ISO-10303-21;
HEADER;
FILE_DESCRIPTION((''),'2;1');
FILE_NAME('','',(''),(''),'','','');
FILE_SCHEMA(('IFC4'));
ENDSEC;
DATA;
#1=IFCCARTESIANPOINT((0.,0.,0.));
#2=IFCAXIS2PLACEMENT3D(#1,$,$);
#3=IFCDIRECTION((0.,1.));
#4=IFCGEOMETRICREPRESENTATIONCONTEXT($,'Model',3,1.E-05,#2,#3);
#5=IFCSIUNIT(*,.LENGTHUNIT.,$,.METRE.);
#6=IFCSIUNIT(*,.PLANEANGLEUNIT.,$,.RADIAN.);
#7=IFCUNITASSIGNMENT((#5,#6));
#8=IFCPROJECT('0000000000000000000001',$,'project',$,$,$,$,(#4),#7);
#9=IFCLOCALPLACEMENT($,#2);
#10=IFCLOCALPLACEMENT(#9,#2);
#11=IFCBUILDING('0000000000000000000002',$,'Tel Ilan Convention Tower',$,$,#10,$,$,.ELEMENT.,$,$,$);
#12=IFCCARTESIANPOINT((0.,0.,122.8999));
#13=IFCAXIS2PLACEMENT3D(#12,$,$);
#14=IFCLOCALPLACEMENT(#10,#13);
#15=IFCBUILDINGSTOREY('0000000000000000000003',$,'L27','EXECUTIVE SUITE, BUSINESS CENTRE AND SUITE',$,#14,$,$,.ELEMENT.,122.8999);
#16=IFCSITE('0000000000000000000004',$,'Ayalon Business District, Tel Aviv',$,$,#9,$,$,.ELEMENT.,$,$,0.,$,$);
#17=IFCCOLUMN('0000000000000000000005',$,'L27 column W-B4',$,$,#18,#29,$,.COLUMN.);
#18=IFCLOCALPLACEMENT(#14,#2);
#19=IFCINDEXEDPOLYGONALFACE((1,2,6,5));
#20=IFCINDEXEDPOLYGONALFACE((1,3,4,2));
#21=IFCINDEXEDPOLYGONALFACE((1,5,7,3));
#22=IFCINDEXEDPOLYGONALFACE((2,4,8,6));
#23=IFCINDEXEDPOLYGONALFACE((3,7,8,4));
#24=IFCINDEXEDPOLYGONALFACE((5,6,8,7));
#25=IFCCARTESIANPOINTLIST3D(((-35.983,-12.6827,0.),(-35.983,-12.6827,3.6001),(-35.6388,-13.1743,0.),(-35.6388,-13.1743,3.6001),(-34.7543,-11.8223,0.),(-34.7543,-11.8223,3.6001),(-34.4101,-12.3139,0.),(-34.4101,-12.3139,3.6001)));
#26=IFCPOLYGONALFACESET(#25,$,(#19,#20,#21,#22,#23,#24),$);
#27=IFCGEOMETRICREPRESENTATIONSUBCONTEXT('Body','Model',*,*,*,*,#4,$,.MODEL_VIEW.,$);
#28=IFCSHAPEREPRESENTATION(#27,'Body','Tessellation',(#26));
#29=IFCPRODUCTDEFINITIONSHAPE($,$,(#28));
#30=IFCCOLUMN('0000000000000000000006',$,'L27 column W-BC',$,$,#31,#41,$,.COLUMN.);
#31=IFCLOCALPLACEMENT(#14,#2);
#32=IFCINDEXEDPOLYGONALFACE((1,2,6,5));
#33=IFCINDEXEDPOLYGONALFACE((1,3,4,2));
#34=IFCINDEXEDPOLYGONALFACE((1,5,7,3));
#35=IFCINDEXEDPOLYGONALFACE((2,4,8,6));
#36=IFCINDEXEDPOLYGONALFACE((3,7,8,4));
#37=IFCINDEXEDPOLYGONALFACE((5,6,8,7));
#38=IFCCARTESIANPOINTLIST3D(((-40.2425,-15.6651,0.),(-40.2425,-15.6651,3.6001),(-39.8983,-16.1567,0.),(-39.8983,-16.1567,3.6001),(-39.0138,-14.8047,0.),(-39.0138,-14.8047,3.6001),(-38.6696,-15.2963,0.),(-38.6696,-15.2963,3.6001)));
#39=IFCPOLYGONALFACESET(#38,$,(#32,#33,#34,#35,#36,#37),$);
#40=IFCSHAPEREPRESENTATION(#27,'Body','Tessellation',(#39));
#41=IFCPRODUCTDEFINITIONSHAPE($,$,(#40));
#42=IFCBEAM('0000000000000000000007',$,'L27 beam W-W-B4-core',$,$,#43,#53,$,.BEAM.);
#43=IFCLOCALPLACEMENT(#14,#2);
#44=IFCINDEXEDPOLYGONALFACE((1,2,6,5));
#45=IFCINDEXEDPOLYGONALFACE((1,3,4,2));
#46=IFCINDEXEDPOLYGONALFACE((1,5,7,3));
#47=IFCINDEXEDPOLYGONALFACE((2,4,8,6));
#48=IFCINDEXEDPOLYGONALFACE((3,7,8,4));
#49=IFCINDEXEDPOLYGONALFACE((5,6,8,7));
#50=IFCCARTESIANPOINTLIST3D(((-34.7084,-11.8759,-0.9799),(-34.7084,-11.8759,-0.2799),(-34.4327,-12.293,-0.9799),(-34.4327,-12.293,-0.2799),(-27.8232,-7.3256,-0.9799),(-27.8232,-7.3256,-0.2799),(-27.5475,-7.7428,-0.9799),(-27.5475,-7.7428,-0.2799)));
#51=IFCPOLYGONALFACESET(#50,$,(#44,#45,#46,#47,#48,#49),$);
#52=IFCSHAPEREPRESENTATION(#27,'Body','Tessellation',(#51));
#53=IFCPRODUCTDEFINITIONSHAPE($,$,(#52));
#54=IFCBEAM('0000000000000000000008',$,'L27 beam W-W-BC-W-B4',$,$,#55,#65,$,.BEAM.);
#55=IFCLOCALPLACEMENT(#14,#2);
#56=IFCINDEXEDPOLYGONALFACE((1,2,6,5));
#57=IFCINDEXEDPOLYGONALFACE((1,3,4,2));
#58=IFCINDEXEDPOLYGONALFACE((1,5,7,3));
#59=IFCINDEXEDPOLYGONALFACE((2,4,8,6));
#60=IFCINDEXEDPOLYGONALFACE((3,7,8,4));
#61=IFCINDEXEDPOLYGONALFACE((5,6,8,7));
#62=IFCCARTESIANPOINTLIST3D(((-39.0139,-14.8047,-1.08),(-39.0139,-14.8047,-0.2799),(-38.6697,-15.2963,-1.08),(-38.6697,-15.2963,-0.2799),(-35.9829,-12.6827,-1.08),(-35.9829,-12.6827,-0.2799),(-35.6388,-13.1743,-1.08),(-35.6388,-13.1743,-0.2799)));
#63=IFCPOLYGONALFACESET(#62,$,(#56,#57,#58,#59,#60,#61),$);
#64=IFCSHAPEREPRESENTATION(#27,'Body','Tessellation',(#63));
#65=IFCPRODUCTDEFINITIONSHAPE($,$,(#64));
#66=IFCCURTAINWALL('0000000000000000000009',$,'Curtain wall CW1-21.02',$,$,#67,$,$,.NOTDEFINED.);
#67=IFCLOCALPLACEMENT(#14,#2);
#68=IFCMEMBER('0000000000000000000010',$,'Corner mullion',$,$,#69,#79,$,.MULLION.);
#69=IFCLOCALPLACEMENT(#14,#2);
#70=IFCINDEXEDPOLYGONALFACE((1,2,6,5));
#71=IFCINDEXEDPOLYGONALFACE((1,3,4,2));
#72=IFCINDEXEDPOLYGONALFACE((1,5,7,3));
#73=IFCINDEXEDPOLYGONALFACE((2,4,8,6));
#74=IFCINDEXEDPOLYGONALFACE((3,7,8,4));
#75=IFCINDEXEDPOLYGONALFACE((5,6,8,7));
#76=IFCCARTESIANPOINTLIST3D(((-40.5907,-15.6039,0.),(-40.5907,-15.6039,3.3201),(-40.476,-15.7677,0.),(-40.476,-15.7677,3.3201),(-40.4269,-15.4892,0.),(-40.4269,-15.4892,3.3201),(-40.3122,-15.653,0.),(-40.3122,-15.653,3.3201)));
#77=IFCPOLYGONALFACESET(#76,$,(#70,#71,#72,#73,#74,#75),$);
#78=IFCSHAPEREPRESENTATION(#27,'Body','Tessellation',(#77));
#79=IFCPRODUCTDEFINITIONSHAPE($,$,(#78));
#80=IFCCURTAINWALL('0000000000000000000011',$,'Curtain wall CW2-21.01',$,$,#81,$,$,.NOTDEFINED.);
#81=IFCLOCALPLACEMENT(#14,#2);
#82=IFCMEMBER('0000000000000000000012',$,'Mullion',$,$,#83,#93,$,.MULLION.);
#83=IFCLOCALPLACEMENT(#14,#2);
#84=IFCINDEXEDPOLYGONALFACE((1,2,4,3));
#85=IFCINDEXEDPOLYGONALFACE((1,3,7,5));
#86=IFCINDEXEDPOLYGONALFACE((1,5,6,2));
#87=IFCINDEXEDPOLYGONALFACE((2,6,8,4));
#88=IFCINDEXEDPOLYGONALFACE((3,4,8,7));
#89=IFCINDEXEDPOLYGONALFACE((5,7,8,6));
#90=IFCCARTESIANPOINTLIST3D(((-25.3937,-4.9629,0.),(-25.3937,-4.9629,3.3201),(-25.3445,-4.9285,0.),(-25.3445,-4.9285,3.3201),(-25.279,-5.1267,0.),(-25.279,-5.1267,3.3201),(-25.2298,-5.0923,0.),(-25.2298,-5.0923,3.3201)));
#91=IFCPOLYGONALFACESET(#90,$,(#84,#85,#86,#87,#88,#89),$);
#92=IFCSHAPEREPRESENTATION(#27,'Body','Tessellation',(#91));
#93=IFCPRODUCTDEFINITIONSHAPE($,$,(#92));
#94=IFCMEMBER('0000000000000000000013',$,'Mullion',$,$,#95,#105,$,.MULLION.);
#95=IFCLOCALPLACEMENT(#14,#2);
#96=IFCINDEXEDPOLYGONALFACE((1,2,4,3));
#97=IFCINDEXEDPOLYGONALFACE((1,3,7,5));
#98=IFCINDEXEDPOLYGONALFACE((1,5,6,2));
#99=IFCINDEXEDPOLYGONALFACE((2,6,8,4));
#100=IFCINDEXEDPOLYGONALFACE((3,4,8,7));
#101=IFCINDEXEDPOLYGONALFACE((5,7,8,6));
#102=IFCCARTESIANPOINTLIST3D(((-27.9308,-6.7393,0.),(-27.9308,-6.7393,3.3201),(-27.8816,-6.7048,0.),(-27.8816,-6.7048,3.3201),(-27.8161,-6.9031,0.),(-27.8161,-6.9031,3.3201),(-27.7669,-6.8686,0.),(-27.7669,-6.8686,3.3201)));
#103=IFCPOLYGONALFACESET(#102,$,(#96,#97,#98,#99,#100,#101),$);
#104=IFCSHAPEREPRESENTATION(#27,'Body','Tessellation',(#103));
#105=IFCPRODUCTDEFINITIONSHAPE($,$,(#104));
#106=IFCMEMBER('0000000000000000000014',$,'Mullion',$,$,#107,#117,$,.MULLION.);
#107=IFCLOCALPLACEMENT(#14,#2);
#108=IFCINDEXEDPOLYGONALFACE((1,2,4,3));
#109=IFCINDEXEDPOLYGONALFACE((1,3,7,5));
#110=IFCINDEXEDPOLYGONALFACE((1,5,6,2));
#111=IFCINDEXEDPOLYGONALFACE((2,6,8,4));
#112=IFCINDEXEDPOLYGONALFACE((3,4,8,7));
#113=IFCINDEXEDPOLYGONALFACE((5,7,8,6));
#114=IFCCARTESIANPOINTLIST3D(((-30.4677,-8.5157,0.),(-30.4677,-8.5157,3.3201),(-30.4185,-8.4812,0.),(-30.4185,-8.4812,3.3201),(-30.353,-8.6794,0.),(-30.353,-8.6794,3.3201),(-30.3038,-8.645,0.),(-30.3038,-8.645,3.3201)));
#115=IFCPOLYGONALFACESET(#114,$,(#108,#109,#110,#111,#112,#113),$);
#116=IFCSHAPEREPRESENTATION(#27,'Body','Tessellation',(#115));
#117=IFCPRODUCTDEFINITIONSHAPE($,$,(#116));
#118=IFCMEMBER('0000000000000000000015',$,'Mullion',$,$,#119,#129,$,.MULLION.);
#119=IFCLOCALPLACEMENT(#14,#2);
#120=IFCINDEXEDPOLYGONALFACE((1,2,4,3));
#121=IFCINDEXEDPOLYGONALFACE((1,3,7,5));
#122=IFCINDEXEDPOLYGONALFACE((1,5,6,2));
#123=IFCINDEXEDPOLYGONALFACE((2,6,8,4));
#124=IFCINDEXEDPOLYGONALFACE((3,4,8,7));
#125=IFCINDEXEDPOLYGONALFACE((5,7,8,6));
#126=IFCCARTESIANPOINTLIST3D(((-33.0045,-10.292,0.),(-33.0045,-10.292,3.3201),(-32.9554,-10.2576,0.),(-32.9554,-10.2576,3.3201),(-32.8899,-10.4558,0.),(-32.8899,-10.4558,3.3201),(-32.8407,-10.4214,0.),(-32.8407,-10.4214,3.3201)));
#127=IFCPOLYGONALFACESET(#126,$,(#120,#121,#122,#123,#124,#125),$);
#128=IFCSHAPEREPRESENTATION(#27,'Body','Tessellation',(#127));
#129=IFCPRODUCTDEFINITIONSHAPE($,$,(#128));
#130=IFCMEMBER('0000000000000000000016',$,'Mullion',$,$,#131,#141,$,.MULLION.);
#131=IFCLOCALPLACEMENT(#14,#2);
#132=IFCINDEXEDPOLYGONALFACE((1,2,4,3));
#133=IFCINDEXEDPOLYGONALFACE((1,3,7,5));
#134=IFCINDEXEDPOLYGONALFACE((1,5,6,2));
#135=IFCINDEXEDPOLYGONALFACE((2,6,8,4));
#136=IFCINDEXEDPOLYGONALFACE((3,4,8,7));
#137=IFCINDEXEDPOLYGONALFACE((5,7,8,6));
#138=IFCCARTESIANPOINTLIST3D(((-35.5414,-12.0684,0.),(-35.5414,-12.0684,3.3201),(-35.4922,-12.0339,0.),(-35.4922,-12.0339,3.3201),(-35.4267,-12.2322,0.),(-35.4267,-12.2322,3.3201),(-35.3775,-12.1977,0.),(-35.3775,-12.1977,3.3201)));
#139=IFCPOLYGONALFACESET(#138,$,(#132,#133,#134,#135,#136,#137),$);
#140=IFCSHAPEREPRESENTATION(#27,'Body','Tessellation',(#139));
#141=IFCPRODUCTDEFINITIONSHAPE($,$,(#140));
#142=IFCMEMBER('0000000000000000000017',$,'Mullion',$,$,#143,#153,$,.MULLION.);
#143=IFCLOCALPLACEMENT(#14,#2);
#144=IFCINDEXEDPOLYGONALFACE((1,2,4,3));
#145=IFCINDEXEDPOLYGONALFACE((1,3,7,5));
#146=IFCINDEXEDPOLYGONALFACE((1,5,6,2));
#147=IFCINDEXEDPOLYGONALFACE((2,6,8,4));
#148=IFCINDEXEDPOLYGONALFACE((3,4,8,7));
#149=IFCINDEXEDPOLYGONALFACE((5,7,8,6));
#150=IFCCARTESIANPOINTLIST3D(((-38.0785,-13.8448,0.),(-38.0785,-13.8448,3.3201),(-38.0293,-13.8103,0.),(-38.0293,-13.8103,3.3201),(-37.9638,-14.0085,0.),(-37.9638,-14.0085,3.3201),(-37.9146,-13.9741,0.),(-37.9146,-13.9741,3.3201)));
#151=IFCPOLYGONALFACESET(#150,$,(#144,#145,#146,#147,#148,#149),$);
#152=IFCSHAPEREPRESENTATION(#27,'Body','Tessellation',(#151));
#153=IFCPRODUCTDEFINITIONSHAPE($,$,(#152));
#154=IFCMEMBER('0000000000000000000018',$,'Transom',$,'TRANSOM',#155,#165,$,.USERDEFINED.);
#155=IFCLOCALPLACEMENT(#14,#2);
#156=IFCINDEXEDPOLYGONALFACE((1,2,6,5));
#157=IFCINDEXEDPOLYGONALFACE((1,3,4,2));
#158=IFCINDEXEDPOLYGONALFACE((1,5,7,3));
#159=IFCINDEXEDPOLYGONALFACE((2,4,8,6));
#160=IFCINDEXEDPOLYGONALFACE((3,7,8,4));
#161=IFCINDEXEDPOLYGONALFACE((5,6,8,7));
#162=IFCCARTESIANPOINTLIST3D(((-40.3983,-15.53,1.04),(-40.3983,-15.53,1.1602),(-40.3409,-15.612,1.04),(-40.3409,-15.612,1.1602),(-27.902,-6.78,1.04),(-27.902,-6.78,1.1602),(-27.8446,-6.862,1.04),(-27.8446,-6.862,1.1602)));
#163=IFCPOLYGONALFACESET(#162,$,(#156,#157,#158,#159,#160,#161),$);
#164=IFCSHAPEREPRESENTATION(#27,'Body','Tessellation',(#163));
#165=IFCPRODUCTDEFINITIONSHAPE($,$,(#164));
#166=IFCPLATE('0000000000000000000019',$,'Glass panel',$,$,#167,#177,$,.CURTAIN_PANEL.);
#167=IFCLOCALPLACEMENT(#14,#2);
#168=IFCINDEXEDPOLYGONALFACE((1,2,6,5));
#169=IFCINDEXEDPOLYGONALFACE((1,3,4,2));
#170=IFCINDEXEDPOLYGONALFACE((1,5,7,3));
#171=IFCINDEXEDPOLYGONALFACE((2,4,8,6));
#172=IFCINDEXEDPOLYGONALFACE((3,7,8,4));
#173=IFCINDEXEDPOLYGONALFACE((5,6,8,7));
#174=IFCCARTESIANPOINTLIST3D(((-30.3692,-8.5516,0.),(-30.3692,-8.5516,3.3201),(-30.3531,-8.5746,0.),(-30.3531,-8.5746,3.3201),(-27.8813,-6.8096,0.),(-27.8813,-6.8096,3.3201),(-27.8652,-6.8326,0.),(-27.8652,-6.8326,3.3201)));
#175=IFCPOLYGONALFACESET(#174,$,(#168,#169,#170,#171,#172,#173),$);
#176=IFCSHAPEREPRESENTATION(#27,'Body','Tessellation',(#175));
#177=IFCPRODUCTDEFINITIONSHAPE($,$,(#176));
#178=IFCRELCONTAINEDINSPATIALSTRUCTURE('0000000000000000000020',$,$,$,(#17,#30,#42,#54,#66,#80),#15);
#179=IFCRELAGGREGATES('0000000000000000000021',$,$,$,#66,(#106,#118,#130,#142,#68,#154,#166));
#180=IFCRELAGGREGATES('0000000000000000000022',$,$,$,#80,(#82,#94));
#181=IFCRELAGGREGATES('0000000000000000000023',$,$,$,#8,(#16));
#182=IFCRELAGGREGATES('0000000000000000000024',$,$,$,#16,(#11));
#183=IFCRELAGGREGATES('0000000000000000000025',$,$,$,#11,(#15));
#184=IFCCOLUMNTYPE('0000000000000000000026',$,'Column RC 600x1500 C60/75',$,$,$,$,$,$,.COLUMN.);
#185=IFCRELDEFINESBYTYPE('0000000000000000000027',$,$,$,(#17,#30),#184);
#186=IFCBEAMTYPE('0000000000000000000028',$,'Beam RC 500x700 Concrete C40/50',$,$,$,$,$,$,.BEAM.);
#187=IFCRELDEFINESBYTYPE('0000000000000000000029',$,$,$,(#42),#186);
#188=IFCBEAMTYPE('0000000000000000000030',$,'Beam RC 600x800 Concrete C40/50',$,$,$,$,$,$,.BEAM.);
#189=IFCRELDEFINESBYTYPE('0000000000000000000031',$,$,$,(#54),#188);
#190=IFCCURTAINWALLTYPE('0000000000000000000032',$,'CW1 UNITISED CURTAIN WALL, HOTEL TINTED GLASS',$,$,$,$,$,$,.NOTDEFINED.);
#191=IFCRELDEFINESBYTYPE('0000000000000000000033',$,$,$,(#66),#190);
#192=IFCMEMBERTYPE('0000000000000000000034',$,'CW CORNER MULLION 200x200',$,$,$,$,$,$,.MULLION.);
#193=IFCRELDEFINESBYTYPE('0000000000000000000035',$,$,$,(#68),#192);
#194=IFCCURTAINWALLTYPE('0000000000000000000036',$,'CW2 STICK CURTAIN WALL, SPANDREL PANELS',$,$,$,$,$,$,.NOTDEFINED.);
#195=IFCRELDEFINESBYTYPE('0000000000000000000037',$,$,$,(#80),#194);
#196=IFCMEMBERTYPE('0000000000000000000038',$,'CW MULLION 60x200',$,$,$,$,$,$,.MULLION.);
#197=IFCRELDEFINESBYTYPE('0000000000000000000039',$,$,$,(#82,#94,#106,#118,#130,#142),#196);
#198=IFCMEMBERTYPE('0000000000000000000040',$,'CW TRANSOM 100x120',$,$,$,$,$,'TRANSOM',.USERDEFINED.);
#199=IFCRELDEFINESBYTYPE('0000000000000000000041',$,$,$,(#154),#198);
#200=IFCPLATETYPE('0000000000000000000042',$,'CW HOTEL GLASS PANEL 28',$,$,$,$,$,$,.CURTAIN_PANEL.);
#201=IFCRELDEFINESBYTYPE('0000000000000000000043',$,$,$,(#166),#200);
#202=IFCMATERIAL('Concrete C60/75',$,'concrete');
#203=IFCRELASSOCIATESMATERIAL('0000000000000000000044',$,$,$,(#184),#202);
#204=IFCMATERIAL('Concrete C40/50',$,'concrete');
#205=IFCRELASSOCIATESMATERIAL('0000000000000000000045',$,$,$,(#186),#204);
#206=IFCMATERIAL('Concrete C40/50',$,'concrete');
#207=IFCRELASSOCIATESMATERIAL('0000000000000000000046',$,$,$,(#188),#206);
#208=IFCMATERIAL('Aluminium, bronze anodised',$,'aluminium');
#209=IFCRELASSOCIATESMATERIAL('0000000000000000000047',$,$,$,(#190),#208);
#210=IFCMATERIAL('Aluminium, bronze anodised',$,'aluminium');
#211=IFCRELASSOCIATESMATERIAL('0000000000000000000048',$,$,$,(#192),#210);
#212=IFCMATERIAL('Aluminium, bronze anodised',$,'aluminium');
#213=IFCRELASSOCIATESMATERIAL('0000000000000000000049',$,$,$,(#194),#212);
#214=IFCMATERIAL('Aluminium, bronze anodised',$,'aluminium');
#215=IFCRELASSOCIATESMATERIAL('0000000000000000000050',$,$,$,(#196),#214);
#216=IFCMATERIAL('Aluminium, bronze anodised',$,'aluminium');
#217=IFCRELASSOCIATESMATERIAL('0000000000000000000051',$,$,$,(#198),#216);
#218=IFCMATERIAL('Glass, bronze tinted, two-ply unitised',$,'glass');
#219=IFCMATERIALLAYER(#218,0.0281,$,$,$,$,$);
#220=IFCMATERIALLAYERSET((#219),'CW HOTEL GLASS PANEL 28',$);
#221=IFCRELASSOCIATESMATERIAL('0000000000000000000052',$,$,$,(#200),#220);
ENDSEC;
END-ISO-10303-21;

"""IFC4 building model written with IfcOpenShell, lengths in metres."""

from ifc_helpers import new_model, si_unit, direction, frame, origin, origin_2d, place, context, subcontext, project, spatial, rectangle, extrude, material, layer, layer_set, material_profile, profile_set, type_object, element, aggregate, save


model = new_model("IFC4")

# Units and contexts
model_context = context("Model", 3, precision=1e-05, world=origin(), true_north=direction((0.0, 1.0)))
body_context = subcontext(model_context, "Body", "Model", "MODEL_VIEW")
ifc_project = project(units=[si_unit("LENGTHUNIT", "METRE"), si_unit("PLANEANGLEUNIT", "RADIAN")], contexts=[model_context])

# Site, building, storey
site_placement = place(None, origin())
site = spatial("IfcSite", under=ifc_project, at=site_placement, Name="Ayalon Business District, Tel Aviv", CompositionType="ELEMENT", RefElevation=0.0)
building_placement = place(site_placement, origin())
building = spatial("IfcBuilding", under=site, at=building_placement, Name="Tel Ilan Convention Tower", CompositionType="ELEMENT")
storey_placement = place(building_placement, frame((0.0, 0.0, 122.8999)))
storey = spatial("IfcBuildingStorey", under=building, at=storey_placement, Name="L27", Description="EXECUTIVE SUITE, BUSINESS CENTRE AND SUITE", CompositionType="ELEMENT", Elevation=122.8999)

# Columns
ifc_material_1 = material(Name="Concrete C60/75", Category="concrete")
ifc_material_profile_1 = material_profile(ifc_material_1, rectangle(XDim=1.5, YDim=0.6001, at=origin_2d()), Name="RC 600x1500")
ifc_profile_set_1 = profile_set([ifc_material_profile_1], Name="Concrete C60/75")
column_type = type_object("IfcColumnType", Name="Column RC 600x1500 C60/75", PredefinedType="COLUMN", material=ifc_profile_set_1)
for number, where, z_axis, x_axis, name in (
    (1, (-35.1965, -12.4983, 0.0), (0.0, 0.0, 1.0), (-0.819152, -0.573576, 0.0), "L27 column W-B4"),
    (2, (-39.4561, -15.4807, 0.0), (0.0, 0.0, 1.0), (-0.819152, -0.573576, 0.0), "L27 column W-BC"),
):
    element("IfcColumn", number, at=place(storey_placement, frame(where, z_axis=z_axis, x_axis=x_axis)), inside=storey, type_object=column_type, Name=name, PredefinedType="COLUMN", context=body_context, shape_type="SweptSolid", body=[
        extrude(rectangle(XDim=1.5, YDim=0.6001, at=origin_2d()), origin(), (0.0, 0.0, 1.0), 3.6001),
    ])

# Beams
ifc_material_2 = material(Name="Concrete C40/50", Category="concrete")
ifc_material_profile_2 = material_profile(ifc_material_2, rectangle(XDim=0.5, YDim=0.7, at=origin_2d()), Name="RC 500x700")
ifc_profile_set_2 = profile_set([ifc_material_profile_2], Name="Concrete C40/50")
beam_type_1 = type_object("IfcBeamType", Name="Beam RC 500x700 Concrete C40/50", PredefinedType="BEAM", material=ifc_profile_set_2)
beam_1_placement = place(storey_placement, frame((-34.5706, -12.0845, -0.6299), z_axis=(0.834274, 0.551351, 0.0), x_axis=(-0.551351, 0.834274, 0.0)))
element("IfcBeam", 3, at=beam_1_placement, inside=storey, type_object=beam_type_1, Name="L27 beam W-W-B4-core", PredefinedType="BEAM", context=body_context, shape_type="SweptSolid", body=[
    extrude(rectangle(XDim=0.5, YDim=0.7, at=origin_2d()), origin(), (0.0, 0.0, 1.0), 8.2529),
])
ifc_material_3 = material(Name="Concrete C40/50", Category="concrete")
ifc_material_profile_3 = material_profile(ifc_material_3, rectangle(XDim=0.6001, YDim=0.8, at=origin_2d()), Name="RC 600x800")
ifc_profile_set_3 = profile_set([ifc_material_profile_3], Name="Concrete C40/50")
beam_type_2 = type_object("IfcBeamType", Name="Beam RC 600x800 Concrete C40/50", PredefinedType="BEAM", material=ifc_profile_set_3)
beam_2_placement = place(storey_placement, frame((-38.8418, -15.0505, -0.6799), z_axis=(0.819185, 0.573529, 0.0), x_axis=(-0.573529, 0.819185, 0.0)))
element("IfcBeam", 4, at=beam_2_placement, inside=storey, type_object=beam_type_2, Name="L27 beam W-W-BC-W-B4", PredefinedType="BEAM", context=body_context, shape_type="SweptSolid", body=[
    extrude(rectangle(XDim=0.6001, YDim=0.8, at=origin_2d()), origin(), (0.0, 0.0, 1.0), 3.7),
])

# Curtain wall, member
ifc_material_4 = material(Name="Aluminium, bronze anodised", Category="aluminium")
curtain_wall_type_1 = type_object("IfcCurtainWallType", Name="CW1 UNITISED CURTAIN WALL, HOTEL TINTED GLASS", PredefinedType="NOTDEFINED", material=ifc_material_4)
curtain_wall_1_placement = place(storey_placement, origin())
curtain_wall_1 = element("IfcCurtainWall", 5, at=curtain_wall_1_placement, inside=storey, type_object=curtain_wall_type_1, Name="Curtain wall CW1-21.02", PredefinedType="NOTDEFINED")
ifc_material_5 = material(Name="Aluminium, bronze anodised", Category="aluminium")
ifc_material_profile_4 = material_profile(ifc_material_5, rectangle(XDim=0.2, YDim=0.2, at=origin_2d()), Name="CW CORNER MULLION 200x200")
ifc_profile_set_4 = profile_set([ifc_material_profile_4], Name="Aluminium, bronze anodised")
member_type_1 = type_object("IfcMemberType", Name="CW CORNER MULLION 200x200", PredefinedType="MULLION", material=ifc_profile_set_4)
member_1_placement = place(storey_placement, frame((-40.4514, -15.6284, 0.0), z_axis=(0.0, 0.0, 1.0), x_axis=(-0.819152, -0.573576, 0.0)))
member_1 = element("IfcMember", 6, at=member_1_placement, type_object=member_type_1, Name="Corner mullion", PredefinedType="MULLION", context=body_context, shape_type="SweptSolid", body=[
    extrude(rectangle(XDim=0.2, YDim=0.2, at=origin_2d()), origin(), (0.0, 0.0, 1.0), 3.3201),
])

# Curtain wall, members
ifc_material_6 = material(Name="Aluminium, bronze anodised", Category="aluminium")
curtain_wall_type_2 = type_object("IfcCurtainWallType", Name="CW2 STICK CURTAIN WALL, SPANDREL PANELS", PredefinedType="NOTDEFINED", material=ifc_material_6)
curtain_wall_2_placement = place(storey_placement, origin())
curtain_wall_2 = element("IfcCurtainWall", 7, at=curtain_wall_2_placement, inside=storey, type_object=curtain_wall_type_2, Name="Curtain wall CW2-21.01", PredefinedType="NOTDEFINED")
ifc_material_7 = material(Name="Aluminium, bronze anodised", Category="aluminium")
ifc_material_profile_5 = material_profile(ifc_material_7, rectangle(XDim=0.0601, YDim=0.2, at=origin_2d()), Name="CW MULLION 60x200")
ifc_profile_set_5 = profile_set([ifc_material_profile_5], Name="Aluminium, bronze anodised")
member_type_2 = type_object("IfcMemberType", Name="CW MULLION 60x200", PredefinedType="MULLION", material=ifc_profile_set_5)
member_2_placement = place(storey_placement, frame((-25.3118, -5.0276, 0.0), z_axis=(0.0, 0.0, 1.0), x_axis=(-0.819152, -0.573576, 0.0)))
member_2 = element("IfcMember", 8, at=member_2_placement, type_object=member_type_2, Name="Mullion", PredefinedType="MULLION", context=body_context, shape_type="SweptSolid", body=[
    extrude(rectangle(XDim=0.0601, YDim=0.2, at=origin_2d()), origin(), (0.0, 0.0, 1.0), 3.3201),
])
member_3_placement = place(storey_placement, frame((-27.8489, -6.804, 0.0), z_axis=(0.0, 0.0, 1.0), x_axis=(-0.819152, -0.573576, 0.0)))
member_3 = element("IfcMember", 9, at=member_3_placement, type_object=member_type_2, Name="Mullion", PredefinedType="MULLION", context=body_context, shape_type="SweptSolid", body=[
    extrude(rectangle(XDim=0.0601, YDim=0.2, at=origin_2d()), origin(), (0.0, 0.0, 1.0), 3.3201),
])

# Members
member_4_placement = place(storey_placement, frame((-30.3857, -8.5803, 0.0), z_axis=(0.0, 0.0, 1.0), x_axis=(-0.819152, -0.573576, 0.0)))
member_4 = element("IfcMember", 10, at=member_4_placement, type_object=member_type_2, Name="Mullion", PredefinedType="MULLION", context=body_context, shape_type="SweptSolid", body=[
    extrude(rectangle(XDim=0.0601, YDim=0.2, at=origin_2d()), origin(), (0.0, 0.0, 1.0), 3.3201),
])
member_5_placement = place(storey_placement, frame((-32.9226, -10.3567, 0.0), z_axis=(0.0, 0.0, 1.0), x_axis=(-0.819152, -0.573576, 0.0)))
member_5 = element("IfcMember", 11, at=member_5_placement, type_object=member_type_2, Name="Mullion", PredefinedType="MULLION", context=body_context, shape_type="SweptSolid", body=[
    extrude(rectangle(XDim=0.0601, YDim=0.2, at=origin_2d()), origin(), (0.0, 0.0, 1.0), 3.3201),
])
member_6_placement = place(storey_placement, frame((-35.4595, -12.1331, 0.0), z_axis=(0.0, 0.0, 1.0), x_axis=(-0.819152, -0.573576, 0.0)))
member_6 = element("IfcMember", 12, at=member_6_placement, type_object=member_type_2, Name="Mullion", PredefinedType="MULLION", context=body_context, shape_type="SweptSolid", body=[
    extrude(rectangle(XDim=0.0601, YDim=0.2, at=origin_2d()), origin(), (0.0, 0.0, 1.0), 3.3201),
])
member_7_placement = place(storey_placement, frame((-37.9966, -13.9094, 0.0), z_axis=(0.0, 0.0, 1.0), x_axis=(-0.819152, -0.573576, 0.0)))
member_7 = element("IfcMember", 13, at=member_7_placement, type_object=member_type_2, Name="Mullion", PredefinedType="MULLION", context=body_context, shape_type="SweptSolid", body=[
    extrude(rectangle(XDim=0.0601, YDim=0.2, at=origin_2d()), origin(), (0.0, 0.0, 1.0), 3.3201),
])
ifc_material_8 = material(Name="Aluminium, bronze anodised", Category="aluminium")
ifc_material_profile_6 = material_profile(ifc_material_8, rectangle(XDim=0.1001, YDim=0.1201, at=origin_2d()), Name="CW TRANSOM 100x120")
ifc_profile_set_6 = profile_set([ifc_material_profile_6], Name="Aluminium, bronze anodised")
member_type_3 = type_object("IfcMemberType", Name="CW TRANSOM 100x120", ElementType="TRANSOM", PredefinedType="USERDEFINED", material=ifc_profile_set_6)
member_8_placement = place(storey_placement, frame((-27.8733, -6.821, 1.1001), z_axis=(-0.819153, -0.573575, 0.0), x_axis=(0.573575, -0.819153, 0.0)))
member_8 = element("IfcMember", 14, at=member_8_placement, type_object=member_type_3, Name="Transom", ObjectType="TRANSOM", PredefinedType="USERDEFINED", context=body_context, shape_type="SweptSolid", body=[
    extrude(rectangle(XDim=0.1001, YDim=0.1201, at=origin_2d()), origin(), (0.0, 0.0, 1.0), 15.2551),
])

# Plate
ifc_material_9 = material(Name="Glass, bronze tinted, two-ply unitised", Category="glass")
ifc_layer_1 = layer(ifc_material_9, 0.0281)
ifc_layer_set_1 = layer_set([ifc_layer_1], Name="CW HOTEL GLASS PANEL 28")
plate_type_1 = type_object("IfcPlateType", Name="CW HOTEL GLASS PANEL 28", PredefinedType="CURTAIN_PANEL", material=ifc_layer_set_1)
plate_1_placement = place(storey_placement, frame((-29.1172, -7.6921, 0.0), z_axis=(0.0, 0.0, 1.0), x_axis=(-0.819152, -0.573576, 0.0)))
plate_1 = element("IfcPlate", 15, at=plate_1_placement, type_object=plate_type_1, Name="Glass panel", PredefinedType="CURTAIN_PANEL", context=body_context, shape_type="SweptSolid", body=[
    extrude(rectangle(XDim=3.0371, YDim=0.0281, at=origin_2d()), origin(), (0.0, 0.0, 1.0), 3.3201),
])
aggregate(curtain_wall_1, [member_4, member_5, member_6, member_7, member_1, member_8, plate_1])
aggregate(curtain_wall_2, [member_2, member_3])

save(model, "model.ifc")
